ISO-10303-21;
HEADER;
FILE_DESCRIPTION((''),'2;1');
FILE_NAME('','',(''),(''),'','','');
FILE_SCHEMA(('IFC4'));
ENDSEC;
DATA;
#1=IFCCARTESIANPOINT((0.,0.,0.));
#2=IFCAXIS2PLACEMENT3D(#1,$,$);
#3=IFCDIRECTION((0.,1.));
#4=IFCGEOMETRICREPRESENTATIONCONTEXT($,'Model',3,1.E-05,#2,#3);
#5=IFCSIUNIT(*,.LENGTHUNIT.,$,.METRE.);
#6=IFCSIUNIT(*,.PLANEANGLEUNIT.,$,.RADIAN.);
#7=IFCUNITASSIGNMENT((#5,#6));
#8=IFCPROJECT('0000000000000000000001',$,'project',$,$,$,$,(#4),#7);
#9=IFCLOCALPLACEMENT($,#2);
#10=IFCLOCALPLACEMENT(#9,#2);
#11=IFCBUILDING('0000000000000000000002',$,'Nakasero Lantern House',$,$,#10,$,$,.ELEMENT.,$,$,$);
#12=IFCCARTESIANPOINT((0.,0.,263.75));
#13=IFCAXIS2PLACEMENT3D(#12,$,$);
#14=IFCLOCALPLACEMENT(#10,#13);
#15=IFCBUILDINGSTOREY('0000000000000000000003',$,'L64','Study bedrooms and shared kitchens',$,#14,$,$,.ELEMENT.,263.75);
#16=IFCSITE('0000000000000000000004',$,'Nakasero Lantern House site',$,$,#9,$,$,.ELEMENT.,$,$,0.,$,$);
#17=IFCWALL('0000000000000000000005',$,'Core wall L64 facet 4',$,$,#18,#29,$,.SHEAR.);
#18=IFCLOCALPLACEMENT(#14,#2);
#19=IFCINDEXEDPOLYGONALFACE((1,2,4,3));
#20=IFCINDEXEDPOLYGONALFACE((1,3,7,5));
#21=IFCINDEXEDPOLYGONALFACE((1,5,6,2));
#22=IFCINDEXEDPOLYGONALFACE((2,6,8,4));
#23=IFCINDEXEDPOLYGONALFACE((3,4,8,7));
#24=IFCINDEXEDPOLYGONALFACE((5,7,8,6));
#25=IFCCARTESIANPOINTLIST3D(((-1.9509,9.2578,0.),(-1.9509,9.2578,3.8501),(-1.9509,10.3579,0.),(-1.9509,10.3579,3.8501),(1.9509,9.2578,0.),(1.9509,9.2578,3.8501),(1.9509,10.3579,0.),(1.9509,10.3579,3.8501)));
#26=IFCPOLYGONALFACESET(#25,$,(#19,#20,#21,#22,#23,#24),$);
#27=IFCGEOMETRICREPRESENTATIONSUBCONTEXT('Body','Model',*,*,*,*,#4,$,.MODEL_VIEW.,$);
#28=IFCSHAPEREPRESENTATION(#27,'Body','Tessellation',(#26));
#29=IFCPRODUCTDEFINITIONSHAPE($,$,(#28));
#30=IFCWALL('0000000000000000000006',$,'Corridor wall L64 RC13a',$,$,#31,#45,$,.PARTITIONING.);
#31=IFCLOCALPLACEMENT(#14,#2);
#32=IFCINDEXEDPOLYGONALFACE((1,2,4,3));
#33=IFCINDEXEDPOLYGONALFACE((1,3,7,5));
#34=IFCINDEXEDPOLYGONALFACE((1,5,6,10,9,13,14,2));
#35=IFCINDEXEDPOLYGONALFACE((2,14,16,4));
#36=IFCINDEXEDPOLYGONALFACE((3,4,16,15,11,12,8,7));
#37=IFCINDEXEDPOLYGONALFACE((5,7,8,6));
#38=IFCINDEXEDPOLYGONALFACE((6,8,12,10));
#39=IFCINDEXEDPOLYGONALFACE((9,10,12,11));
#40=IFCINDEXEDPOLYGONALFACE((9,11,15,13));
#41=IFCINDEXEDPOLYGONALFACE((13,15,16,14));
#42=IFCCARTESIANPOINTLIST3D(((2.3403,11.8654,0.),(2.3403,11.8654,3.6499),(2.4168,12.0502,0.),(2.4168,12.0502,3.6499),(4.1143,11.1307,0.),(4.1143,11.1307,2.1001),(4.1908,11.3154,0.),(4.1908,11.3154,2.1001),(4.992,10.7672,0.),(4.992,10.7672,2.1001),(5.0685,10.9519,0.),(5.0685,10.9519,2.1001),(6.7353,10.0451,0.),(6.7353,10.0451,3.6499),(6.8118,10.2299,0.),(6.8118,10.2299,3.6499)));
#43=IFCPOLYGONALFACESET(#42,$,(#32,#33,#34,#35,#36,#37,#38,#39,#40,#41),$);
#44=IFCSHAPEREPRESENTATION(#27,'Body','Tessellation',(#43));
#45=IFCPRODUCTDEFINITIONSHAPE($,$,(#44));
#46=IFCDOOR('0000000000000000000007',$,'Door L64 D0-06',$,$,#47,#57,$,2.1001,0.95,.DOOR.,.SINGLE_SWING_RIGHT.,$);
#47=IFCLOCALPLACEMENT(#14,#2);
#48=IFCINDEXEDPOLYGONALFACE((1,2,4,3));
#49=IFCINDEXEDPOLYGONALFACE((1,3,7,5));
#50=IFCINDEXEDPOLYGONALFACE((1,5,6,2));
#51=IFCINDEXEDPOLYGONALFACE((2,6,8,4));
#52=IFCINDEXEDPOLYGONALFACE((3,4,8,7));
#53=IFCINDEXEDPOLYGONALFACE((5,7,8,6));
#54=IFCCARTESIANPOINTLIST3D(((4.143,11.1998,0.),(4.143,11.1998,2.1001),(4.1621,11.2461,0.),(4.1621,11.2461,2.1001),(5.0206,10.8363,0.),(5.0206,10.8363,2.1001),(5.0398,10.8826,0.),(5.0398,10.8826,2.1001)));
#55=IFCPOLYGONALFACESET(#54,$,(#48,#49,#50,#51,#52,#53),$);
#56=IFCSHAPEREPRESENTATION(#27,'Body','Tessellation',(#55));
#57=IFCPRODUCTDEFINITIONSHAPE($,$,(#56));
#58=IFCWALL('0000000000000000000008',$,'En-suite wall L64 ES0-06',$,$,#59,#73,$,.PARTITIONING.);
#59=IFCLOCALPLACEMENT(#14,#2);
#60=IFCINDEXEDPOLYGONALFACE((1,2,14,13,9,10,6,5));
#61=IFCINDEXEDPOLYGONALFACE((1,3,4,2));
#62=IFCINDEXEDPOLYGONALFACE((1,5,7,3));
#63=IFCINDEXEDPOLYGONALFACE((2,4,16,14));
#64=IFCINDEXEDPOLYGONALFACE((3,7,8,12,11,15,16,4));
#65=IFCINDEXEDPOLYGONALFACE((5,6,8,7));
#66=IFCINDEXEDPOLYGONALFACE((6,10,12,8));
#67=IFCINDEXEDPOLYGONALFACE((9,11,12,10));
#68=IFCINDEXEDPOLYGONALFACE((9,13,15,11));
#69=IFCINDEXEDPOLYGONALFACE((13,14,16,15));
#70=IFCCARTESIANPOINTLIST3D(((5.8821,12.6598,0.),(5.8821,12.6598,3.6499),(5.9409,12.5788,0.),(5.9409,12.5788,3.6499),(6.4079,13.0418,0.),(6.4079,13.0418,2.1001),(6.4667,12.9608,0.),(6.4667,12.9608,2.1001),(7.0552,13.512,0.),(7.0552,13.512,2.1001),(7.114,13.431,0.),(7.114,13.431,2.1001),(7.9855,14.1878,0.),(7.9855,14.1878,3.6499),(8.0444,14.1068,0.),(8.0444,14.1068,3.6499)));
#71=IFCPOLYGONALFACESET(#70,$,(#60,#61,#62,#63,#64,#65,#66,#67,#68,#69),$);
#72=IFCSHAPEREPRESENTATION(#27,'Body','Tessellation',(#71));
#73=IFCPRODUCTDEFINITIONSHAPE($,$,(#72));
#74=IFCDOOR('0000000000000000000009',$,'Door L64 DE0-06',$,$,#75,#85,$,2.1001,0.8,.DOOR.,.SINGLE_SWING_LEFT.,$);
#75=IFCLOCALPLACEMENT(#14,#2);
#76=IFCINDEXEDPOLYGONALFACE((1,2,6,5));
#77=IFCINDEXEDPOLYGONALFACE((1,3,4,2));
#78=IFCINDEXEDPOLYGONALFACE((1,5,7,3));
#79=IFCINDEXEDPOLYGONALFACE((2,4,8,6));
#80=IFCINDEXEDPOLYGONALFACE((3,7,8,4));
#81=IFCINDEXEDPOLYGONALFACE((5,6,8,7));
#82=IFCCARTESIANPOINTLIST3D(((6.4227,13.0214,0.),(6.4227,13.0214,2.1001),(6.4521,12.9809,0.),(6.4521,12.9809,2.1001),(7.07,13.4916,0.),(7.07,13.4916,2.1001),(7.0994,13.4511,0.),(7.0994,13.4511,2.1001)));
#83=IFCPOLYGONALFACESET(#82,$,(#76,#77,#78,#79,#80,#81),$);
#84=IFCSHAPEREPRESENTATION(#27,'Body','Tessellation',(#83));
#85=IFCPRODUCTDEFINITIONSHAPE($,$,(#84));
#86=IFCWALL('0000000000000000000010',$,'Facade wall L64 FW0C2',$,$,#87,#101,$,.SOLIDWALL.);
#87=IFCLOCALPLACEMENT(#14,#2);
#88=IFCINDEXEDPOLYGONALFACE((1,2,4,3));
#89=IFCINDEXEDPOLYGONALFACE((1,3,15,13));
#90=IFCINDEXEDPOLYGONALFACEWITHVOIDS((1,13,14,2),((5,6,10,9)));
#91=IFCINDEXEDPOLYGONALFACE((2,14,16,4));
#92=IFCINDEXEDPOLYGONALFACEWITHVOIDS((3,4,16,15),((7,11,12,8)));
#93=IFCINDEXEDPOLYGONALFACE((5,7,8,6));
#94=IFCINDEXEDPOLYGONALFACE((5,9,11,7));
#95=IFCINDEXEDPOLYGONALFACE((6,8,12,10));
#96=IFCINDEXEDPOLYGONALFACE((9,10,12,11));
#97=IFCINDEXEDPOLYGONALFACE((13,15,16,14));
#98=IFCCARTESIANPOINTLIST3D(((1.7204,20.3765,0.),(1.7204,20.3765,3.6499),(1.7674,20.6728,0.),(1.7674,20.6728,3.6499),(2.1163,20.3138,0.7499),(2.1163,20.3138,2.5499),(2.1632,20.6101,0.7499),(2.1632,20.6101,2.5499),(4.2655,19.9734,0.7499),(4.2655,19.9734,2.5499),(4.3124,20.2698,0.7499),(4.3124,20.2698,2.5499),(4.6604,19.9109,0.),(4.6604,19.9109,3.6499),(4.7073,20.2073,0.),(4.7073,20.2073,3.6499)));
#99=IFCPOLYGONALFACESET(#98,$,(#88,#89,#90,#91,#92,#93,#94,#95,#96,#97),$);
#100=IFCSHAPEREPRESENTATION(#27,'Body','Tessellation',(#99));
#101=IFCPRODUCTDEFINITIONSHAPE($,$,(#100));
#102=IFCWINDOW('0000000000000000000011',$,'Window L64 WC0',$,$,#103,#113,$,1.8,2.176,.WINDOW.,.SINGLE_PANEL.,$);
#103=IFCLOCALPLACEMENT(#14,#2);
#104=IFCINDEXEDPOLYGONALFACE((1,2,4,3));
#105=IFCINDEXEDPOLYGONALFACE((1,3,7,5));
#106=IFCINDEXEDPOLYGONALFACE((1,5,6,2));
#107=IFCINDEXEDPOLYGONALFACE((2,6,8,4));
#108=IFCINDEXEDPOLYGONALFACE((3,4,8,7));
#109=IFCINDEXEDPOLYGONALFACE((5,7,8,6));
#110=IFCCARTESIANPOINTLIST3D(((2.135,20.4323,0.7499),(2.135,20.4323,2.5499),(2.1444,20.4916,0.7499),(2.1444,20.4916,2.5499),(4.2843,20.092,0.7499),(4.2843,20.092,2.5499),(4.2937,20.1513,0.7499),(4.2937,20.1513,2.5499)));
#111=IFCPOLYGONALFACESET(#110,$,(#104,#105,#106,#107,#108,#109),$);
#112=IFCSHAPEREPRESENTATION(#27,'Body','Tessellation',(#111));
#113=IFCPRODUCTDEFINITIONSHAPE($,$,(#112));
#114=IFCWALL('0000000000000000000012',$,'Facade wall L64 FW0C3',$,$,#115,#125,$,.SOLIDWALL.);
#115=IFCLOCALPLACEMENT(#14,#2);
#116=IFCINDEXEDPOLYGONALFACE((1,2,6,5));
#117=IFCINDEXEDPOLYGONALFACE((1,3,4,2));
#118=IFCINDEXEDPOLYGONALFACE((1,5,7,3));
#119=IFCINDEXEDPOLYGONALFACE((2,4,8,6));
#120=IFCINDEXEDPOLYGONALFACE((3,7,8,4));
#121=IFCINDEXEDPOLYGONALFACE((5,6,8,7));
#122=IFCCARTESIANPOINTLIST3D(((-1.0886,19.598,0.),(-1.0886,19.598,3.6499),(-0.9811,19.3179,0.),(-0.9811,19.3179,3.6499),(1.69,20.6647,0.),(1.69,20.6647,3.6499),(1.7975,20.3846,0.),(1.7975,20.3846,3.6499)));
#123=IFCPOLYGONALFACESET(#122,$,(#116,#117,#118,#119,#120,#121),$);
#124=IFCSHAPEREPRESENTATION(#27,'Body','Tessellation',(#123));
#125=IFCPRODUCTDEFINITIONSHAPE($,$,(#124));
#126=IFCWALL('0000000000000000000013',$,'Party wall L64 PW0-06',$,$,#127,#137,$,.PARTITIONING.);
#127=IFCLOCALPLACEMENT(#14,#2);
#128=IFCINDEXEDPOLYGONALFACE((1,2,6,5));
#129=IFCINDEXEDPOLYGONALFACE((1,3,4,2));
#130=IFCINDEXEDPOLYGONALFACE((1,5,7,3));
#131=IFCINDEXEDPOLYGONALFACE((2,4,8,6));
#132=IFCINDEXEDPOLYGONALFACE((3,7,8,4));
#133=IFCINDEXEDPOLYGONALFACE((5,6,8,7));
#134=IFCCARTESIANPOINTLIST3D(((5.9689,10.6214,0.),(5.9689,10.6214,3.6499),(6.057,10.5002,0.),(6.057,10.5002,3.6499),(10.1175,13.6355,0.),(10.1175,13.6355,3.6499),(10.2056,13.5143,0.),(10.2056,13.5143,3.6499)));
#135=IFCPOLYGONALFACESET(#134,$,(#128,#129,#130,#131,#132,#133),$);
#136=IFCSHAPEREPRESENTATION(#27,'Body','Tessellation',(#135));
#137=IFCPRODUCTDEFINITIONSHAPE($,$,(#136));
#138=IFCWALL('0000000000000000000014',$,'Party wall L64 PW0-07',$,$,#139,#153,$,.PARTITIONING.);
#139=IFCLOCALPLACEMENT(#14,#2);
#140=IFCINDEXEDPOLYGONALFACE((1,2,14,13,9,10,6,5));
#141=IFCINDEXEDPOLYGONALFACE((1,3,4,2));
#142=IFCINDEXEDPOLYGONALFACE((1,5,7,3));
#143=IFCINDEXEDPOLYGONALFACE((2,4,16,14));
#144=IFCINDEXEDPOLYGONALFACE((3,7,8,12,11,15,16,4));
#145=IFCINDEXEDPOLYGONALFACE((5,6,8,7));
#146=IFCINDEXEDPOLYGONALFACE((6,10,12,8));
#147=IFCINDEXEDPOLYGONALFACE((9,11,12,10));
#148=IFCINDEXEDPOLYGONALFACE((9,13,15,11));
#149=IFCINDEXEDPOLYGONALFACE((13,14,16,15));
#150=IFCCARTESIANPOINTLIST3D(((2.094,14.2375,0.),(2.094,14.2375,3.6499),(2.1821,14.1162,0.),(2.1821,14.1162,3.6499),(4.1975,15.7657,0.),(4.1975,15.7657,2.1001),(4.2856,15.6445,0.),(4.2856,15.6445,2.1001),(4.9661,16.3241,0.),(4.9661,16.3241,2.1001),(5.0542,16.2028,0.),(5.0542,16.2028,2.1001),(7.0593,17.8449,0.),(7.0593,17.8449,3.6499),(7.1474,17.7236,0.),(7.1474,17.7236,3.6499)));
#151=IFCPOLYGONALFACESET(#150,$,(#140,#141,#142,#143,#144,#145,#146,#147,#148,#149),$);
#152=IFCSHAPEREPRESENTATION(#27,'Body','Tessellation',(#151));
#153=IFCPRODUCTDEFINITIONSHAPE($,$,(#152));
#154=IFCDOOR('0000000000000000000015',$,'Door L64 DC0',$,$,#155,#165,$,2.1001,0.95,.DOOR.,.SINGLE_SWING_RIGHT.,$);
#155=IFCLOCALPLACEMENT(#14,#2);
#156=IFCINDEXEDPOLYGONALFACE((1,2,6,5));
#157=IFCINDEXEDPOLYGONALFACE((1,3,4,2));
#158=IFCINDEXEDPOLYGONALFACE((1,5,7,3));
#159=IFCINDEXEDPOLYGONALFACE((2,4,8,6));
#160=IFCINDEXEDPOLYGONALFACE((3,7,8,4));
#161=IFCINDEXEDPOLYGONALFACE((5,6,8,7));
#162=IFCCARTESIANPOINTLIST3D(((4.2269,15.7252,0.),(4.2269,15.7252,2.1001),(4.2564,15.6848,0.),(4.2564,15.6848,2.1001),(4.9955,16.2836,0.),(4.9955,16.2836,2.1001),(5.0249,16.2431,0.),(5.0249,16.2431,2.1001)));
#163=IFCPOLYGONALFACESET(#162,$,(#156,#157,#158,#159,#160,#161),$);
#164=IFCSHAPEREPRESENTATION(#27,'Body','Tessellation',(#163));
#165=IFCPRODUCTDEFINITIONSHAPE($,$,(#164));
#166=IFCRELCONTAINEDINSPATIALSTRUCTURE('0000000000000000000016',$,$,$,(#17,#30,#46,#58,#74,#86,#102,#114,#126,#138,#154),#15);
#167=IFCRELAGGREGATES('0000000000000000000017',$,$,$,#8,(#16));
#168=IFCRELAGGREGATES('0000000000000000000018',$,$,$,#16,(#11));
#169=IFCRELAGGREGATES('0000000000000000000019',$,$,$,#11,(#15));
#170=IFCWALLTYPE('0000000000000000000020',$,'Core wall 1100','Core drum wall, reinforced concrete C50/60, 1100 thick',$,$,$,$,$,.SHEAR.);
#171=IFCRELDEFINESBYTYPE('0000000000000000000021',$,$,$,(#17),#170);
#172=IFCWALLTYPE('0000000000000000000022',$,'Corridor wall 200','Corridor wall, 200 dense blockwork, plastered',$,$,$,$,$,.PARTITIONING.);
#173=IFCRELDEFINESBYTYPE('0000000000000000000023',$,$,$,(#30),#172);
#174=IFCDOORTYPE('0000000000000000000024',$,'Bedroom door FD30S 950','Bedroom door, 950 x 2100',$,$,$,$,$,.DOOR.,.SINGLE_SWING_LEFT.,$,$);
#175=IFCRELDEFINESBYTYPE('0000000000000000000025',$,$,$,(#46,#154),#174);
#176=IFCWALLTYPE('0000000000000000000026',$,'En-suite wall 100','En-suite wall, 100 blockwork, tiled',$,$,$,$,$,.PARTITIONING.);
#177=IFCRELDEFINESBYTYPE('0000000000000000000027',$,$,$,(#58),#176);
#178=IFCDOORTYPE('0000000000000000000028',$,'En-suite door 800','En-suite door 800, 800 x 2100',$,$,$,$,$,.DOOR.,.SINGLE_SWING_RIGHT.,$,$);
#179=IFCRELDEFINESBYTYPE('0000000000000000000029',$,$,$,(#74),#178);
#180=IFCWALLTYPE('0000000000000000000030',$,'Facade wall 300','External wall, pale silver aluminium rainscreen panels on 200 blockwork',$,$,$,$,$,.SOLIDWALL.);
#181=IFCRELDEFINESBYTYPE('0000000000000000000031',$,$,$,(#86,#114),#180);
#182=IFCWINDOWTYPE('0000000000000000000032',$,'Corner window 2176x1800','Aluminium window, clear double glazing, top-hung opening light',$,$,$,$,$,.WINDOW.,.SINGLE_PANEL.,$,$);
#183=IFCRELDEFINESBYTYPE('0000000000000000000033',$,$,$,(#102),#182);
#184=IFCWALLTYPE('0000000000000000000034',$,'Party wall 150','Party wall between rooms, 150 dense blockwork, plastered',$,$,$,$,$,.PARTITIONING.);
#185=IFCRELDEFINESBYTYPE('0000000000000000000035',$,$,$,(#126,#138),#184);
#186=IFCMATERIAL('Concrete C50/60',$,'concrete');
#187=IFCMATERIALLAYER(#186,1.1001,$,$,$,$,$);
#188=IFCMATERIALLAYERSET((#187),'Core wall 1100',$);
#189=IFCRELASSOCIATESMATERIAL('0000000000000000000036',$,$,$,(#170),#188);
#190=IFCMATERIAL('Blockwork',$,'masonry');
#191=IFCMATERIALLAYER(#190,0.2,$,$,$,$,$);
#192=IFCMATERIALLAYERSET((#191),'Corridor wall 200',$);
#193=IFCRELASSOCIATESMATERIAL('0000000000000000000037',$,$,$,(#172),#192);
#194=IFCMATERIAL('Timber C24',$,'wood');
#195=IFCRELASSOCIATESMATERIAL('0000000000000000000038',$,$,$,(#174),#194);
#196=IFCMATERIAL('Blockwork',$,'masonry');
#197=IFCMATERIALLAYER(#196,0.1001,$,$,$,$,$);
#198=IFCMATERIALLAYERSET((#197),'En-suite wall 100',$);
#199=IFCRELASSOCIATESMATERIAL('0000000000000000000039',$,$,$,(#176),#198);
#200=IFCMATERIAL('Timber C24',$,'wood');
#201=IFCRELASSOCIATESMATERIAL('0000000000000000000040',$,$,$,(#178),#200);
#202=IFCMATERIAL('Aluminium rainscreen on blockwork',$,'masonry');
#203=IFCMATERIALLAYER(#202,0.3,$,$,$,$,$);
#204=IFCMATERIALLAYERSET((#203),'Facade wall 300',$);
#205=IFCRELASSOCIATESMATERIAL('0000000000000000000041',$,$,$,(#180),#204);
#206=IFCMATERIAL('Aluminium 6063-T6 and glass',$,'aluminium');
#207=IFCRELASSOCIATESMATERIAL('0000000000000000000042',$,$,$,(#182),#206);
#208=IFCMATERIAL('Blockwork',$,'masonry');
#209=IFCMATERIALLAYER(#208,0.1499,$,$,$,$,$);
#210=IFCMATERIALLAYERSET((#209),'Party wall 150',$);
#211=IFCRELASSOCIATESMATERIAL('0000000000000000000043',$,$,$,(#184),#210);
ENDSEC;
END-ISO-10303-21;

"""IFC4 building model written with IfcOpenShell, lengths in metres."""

from ifc_helpers import new_model, si_unit, direction, frame, frame_2d, origin, place, context, subcontext, project, spatial, rectangle, extrude, material, layer, layer_set, type_object, element, fill, save


model = new_model("IFC4")

# Units and contexts
model_context = context("Model", 3, precision=1e-05, world=origin(), true_north=direction((0.0, 1.0)))
body_context = subcontext(model_context, "Body", "Model", "MODEL_VIEW")
ifc_project = project(units=[si_unit("LENGTHUNIT", "METRE"), si_unit("PLANEANGLEUNIT", "RADIAN")], contexts=[model_context])

# Site, building, storey
site_placement = place(None, origin())
site = spatial("IfcSite", under=ifc_project, at=site_placement, Name="Nakasero Lantern House site", CompositionType="ELEMENT", RefElevation=0.0)
building_placement = place(site_placement, origin())
building = spatial("IfcBuilding", under=site, at=building_placement, Name="Nakasero Lantern House", CompositionType="ELEMENT")
storey_placement = place(building_placement, frame((0.0, 0.0, 263.75)))
storey = spatial("IfcBuildingStorey", under=building, at=storey_placement, Name="L64", Description="Study bedrooms and shared kitchens", CompositionType="ELEMENT", Elevation=263.75)

# Wall
ifc_material_1 = material(Name="Concrete C50/60", Category="concrete")
ifc_layer_1 = layer(ifc_material_1, 1.1001)
ifc_layer_set_1 = layer_set([ifc_layer_1], Name="Core wall 1100")
wall_type_1 = type_object("IfcWallType", Name="Core wall 1100", Description="Core drum wall, reinforced concrete C50/60, 1100 thick", PredefinedType="SHEAR", material=ifc_layer_set_1)
wall_1_placement = place(storey_placement, frame((1.9509, 9.8079, 0.0), z_axis=(0.0, 0.0, 1.0), x_axis=(-1.0, 0.0, 0.0)))
element("IfcWall", 1, at=wall_1_placement, inside=storey, type_object=wall_type_1, Name="Core wall L64 facet 4", PredefinedType="SHEAR", context=body_context, shape_type="SweptSolid", body=[
    extrude(rectangle(XDim=3.9019, YDim=1.1001, at=frame_2d((1.9509, 0.0))), origin(), (0.0, 0.0, 1.0), 3.8501),
])

# Walls, openings, doors
ifc_material_2 = material(Name="Blockwork", Category="masonry")
ifc_layer_2 = layer(ifc_material_2, 0.2)
ifc_layer_set_2 = layer_set([ifc_layer_2], Name="Corridor wall 200")
wall_type_2 = type_object("IfcWallType", Name="Corridor wall 200", Description="Corridor wall, 200 dense blockwork, plastered", PredefinedType="PARTITIONING", material=ifc_layer_set_2)
wall_2_placement = place(storey_placement, frame((2.3787, 11.9578, 0.0), z_axis=(0.0, 0.0, 1.0), x_axis=(0.923892, -0.382654, 0.0)))
wall_2 = element("IfcWall", 2, at=wall_2_placement, inside=storey, type_object=wall_type_2, Name="Corridor wall L64 RC13a", PredefinedType="PARTITIONING", context=body_context, shape_type="SweptSolid", body=[
    extrude(rectangle(XDim=4.7571, YDim=0.2, at=frame_2d((2.3784, 0.0))), origin(), (0.0, 0.0, 1.0), 3.6499),
])
opening_1_placement = place(wall_2_placement, frame((1.9199, 0.0, 0.0)))
opening_1 = element("IfcOpeningElement", 3, at=opening_1_placement, cuts=wall_2, PredefinedType="OPENING", context=body_context, shape_type="SweptSolid", body=[
    extrude(rectangle(XDim=0.95, YDim=2.1001, at=frame_2d((0.4751, 1.05))), frame((0.0, 0.1199, 0.0), z_axis=(0.0, -1.0, 0.0), x_axis=(1.0, 0.0, 0.0)), (0.0, 0.0, 1.0), 0.24),
])
ifc_material_3 = material(Name="Timber C24", Category="wood")
door_type_1 = type_object("IfcDoorType", Name="Bedroom door FD30S 950", Description="Bedroom door, 950 x 2100", OperationType="SINGLE_SWING_LEFT", PredefinedType="DOOR", material=ifc_material_3)
door_1_placement = place(opening_1_placement, origin())
door_1 = element("IfcDoor", 4, at=door_1_placement, inside=storey, type_object=door_type_1, Name="Door L64 D0-06", OperationType="SINGLE_SWING_RIGHT", OverallHeight=2.1001, OverallWidth=0.95, PredefinedType="DOOR", context=body_context, shape_type="SweptSolid", body=[
    extrude(rectangle(XDim=0.95, YDim=2.1001, at=frame_2d((0.4751, 1.05))), frame((0.0, 0.0249, 0.0), z_axis=(0.0, -1.0, 0.0), x_axis=(1.0, 0.0, 0.0)), (0.0, 0.0, 1.0), 0.05),
])
fill(opening_1, door_1)
ifc_material_4 = material(Name="Blockwork", Category="masonry")
ifc_layer_3 = layer(ifc_material_4, 0.1001)
ifc_layer_set_3 = layer_set([ifc_layer_3], Name="En-suite wall 100")
wall_type_3 = type_object("IfcWallType", Name="En-suite wall 100", Description="En-suite wall, 100 blockwork, tiled", PredefinedType="PARTITIONING", material=ifc_layer_set_3)
wall_3_placement = place(storey_placement, frame((5.9116, 12.6194, 0.0), z_axis=(0.0, 0.0, 1.0), x_axis=(0.809057, 0.587731, 0.0)))
wall_3 = element("IfcWall", 5, at=wall_3_placement, inside=storey, type_object=wall_type_3, Name="En-suite wall L64 ES0-06", PredefinedType="PARTITIONING", context=body_context, shape_type="SweptSolid", body=[
    extrude(rectangle(XDim=2.5999, YDim=0.1001, at=frame_2d((1.2998, 0.0))), origin(), (0.0, 0.0, 1.0), 3.6499),
])
opening_2_placement = place(wall_3_placement, frame((0.6499, 0.0, 0.0)))
opening_2 = element("IfcOpeningElement", 6, at=opening_2_placement, cuts=wall_3, PredefinedType="OPENING", context=body_context, shape_type="SweptSolid", body=[
    extrude(rectangle(XDim=0.8, YDim=2.1001, at=frame_2d((0.3999, 1.05))), frame((0.0, 0.0701, 0.0), z_axis=(0.0, -1.0, 0.0), x_axis=(1.0, 0.0, 0.0)), (0.0, 0.0, 1.0), 0.1401),
])
ifc_material_5 = material(Name="Timber C24", Category="wood")
door_type_2 = type_object("IfcDoorType", Name="En-suite door 800", Description="En-suite door 800, 800 x 2100", OperationType="SINGLE_SWING_RIGHT", PredefinedType="DOOR", material=ifc_material_5)
door_2_placement = place(opening_2_placement, origin())
door_2 = element("IfcDoor", 7, at=door_2_placement, inside=storey, type_object=door_type_2, Name="Door L64 DE0-06", OperationType="SINGLE_SWING_LEFT", OverallHeight=2.1001, OverallWidth=0.8, PredefinedType="DOOR", context=body_context, shape_type="SweptSolid", body=[
    extrude(rectangle(XDim=0.8, YDim=2.1001, at=frame_2d((0.3999, 1.05))), frame((0.0, 0.0249, 0.0), z_axis=(0.0, -1.0, 0.0), x_axis=(1.0, 0.0, 0.0)), (0.0, 0.0, 1.0), 0.05),
])
fill(opening_2, door_2)

# Wall, opening, window
ifc_material_6 = material(Name="Aluminium rainscreen on blockwork", Category="masonry")
ifc_layer_4 = layer(ifc_material_6, 0.3)
ifc_layer_set_4 = layer_set([ifc_layer_4], Name="Facade wall 300")
wall_type_4 = type_object("IfcWallType", Name="Facade wall 300", Description="External wall, pale silver aluminium rainscreen panels on 200 blockwork", PredefinedType="SOLIDWALL", material=ifc_layer_set_4)
wall_4_placement = place(storey_placement, frame((4.6838, 20.0591, 0.0), z_axis=(0.0, 0.0, 1.0), x_axis=(-0.987692, 0.156413, 0.0)))
wall_4 = element("IfcWall", 8, at=wall_4_placement, inside=storey, type_object=wall_type_4, Name="Facade wall L64 FW0C2", PredefinedType="SOLIDWALL", context=body_context, shape_type="SweptSolid", body=[
    extrude(rectangle(XDim=2.9766, YDim=0.3, at=frame_2d((1.4883, 0.0))), origin(), (0.0, 0.0, 1.0), 3.6499),
])
opening_3_placement = place(wall_4_placement, frame((0.3999, 0.0, 0.75)))
opening_3 = element("IfcOpeningElement", 9, at=opening_3_placement, cuts=wall_4, PredefinedType="OPENING", context=body_context, shape_type="SweptSolid", body=[
    extrude(rectangle(XDim=2.176, YDim=1.8, at=frame_2d((1.0879, 0.8999))), frame((0.0, 0.1699, 0.0), z_axis=(0.0, -1.0, 0.0), x_axis=(1.0, 0.0, 0.0)), (0.0, 0.0, 1.0), 0.3401),
])
ifc_material_7 = material(Name="Aluminium 6063-T6 and glass", Category="aluminium")
window_type = type_object("IfcWindowType", Name="Corner window 2176x1800", Description="Aluminium window, clear double glazing, top-hung opening light", PartitioningType="SINGLE_PANEL", PredefinedType="WINDOW", material=ifc_material_7)
window_placement = place(opening_3_placement, origin())
window = element("IfcWindow", 10, at=window_placement, inside=storey, type_object=window_type, Name="Window L64 WC0", OverallHeight=1.8, OverallWidth=2.176, PartitioningType="SINGLE_PANEL", PredefinedType="WINDOW", context=body_context, shape_type="SweptSolid", body=[
    extrude(rectangle(XDim=2.176, YDim=1.8, at=frame_2d((1.0879, 0.8999))), frame((0.0, 0.03, 0.0), z_axis=(0.0, -1.0, 0.0), x_axis=(1.0, 0.0, 0.0)), (0.0, 0.0, 1.0), 0.0601),
])
fill(opening_3, window)

# Walls
wall_5_placement = place(storey_placement, frame((1.7439, 20.5247, 0.0), z_axis=(0.0, 0.0, 1.0), x_axis=(-0.933574, -0.358385, 0.0)))
element("IfcWall", 11, at=wall_5_placement, inside=storey, type_object=wall_type_4, Name="Facade wall L64 FW0C3", PredefinedType="SOLIDWALL", context=body_context, shape_type="SweptSolid", body=[
    extrude(rectangle(XDim=2.9763, YDim=0.3, at=frame_2d((1.4883, 0.0))), origin(), (0.0, 0.0, 1.0), 3.6499),
])
ifc_material_8 = material(Name="Blockwork", Category="masonry")
ifc_layer_5 = layer(ifc_material_8, 0.1499)
ifc_layer_set_5 = layer_set([ifc_layer_5], Name="Party wall 150")
wall_type_5 = type_object("IfcWallType", Name="Party wall 150", Description="Party wall between rooms, 150 dense blockwork, plastered", PredefinedType="PARTITIONING", material=ifc_layer_set_5)
wall_6_placement = place(storey_placement, frame((6.0129, 10.5608, 0.0), z_axis=(0.0, 0.0, 1.0), x_axis=(0.80902, 0.587781, 0.0)))
element("IfcWall", 12, at=wall_6_placement, inside=storey, type_object=wall_type_5, Name="Party wall L64 PW0-06", PredefinedType="PARTITIONING", context=body_context, shape_type="SweptSolid", body=[
    extrude(rectangle(XDim=5.1279, YDim=0.1499, at=frame_2d((2.564, 0.0))), origin(), (0.0, 0.0, 1.0), 3.6499),
])

# Wall, opening, door
wall_7_placement = place(storey_placement, frame((2.1379, 14.1768, 0.0), z_axis=(0.0, 0.0, 1.0), x_axis=(0.809025, 0.587774, 0.0)))
wall_7 = element("IfcWall", 13, at=wall_7_placement, inside=storey, type_object=wall_type_5, Name="Party wall L64 PW0-07", PredefinedType="PARTITIONING", context=body_context, shape_type="SweptSolid", body=[
    extrude(rectangle(XDim=6.1375, YDim=0.1499, at=frame_2d((3.0688, 0.0))), origin(), (0.0, 0.0, 1.0), 3.6499),
])
opening_4_placement = place(wall_7_placement, frame((2.6001, 0.0, 0.0)))
opening_4 = element("IfcOpeningElement", 14, at=opening_4_placement, cuts=wall_7, PredefinedType="OPENING", context=body_context, shape_type="SweptSolid", body=[
    extrude(rectangle(XDim=0.95, YDim=2.1001, at=frame_2d((0.4751, 1.05))), frame((0.0, 0.095, 0.0), z_axis=(0.0, -1.0, 0.0), x_axis=(1.0, 0.0, 0.0)), (0.0, 0.0, 1.0), 0.1899),
])
door_3_placement = place(opening_4_placement, origin())
door_3 = element("IfcDoor", 15, at=door_3_placement, inside=storey, type_object=door_type_1, Name="Door L64 DC0", OperationType="SINGLE_SWING_RIGHT", OverallHeight=2.1001, OverallWidth=0.95, PredefinedType="DOOR", context=body_context, shape_type="SweptSolid", body=[
    extrude(rectangle(XDim=0.95, YDim=2.1001, at=frame_2d((0.4751, 1.05))), frame((0.0, 0.0249, 0.0), z_axis=(0.0, -1.0, 0.0), x_axis=(1.0, 0.0, 0.0)), (0.0, 0.0, 1.0), 0.05),
])
fill(opening_4, door_3)

save(model, "model.ifc")
